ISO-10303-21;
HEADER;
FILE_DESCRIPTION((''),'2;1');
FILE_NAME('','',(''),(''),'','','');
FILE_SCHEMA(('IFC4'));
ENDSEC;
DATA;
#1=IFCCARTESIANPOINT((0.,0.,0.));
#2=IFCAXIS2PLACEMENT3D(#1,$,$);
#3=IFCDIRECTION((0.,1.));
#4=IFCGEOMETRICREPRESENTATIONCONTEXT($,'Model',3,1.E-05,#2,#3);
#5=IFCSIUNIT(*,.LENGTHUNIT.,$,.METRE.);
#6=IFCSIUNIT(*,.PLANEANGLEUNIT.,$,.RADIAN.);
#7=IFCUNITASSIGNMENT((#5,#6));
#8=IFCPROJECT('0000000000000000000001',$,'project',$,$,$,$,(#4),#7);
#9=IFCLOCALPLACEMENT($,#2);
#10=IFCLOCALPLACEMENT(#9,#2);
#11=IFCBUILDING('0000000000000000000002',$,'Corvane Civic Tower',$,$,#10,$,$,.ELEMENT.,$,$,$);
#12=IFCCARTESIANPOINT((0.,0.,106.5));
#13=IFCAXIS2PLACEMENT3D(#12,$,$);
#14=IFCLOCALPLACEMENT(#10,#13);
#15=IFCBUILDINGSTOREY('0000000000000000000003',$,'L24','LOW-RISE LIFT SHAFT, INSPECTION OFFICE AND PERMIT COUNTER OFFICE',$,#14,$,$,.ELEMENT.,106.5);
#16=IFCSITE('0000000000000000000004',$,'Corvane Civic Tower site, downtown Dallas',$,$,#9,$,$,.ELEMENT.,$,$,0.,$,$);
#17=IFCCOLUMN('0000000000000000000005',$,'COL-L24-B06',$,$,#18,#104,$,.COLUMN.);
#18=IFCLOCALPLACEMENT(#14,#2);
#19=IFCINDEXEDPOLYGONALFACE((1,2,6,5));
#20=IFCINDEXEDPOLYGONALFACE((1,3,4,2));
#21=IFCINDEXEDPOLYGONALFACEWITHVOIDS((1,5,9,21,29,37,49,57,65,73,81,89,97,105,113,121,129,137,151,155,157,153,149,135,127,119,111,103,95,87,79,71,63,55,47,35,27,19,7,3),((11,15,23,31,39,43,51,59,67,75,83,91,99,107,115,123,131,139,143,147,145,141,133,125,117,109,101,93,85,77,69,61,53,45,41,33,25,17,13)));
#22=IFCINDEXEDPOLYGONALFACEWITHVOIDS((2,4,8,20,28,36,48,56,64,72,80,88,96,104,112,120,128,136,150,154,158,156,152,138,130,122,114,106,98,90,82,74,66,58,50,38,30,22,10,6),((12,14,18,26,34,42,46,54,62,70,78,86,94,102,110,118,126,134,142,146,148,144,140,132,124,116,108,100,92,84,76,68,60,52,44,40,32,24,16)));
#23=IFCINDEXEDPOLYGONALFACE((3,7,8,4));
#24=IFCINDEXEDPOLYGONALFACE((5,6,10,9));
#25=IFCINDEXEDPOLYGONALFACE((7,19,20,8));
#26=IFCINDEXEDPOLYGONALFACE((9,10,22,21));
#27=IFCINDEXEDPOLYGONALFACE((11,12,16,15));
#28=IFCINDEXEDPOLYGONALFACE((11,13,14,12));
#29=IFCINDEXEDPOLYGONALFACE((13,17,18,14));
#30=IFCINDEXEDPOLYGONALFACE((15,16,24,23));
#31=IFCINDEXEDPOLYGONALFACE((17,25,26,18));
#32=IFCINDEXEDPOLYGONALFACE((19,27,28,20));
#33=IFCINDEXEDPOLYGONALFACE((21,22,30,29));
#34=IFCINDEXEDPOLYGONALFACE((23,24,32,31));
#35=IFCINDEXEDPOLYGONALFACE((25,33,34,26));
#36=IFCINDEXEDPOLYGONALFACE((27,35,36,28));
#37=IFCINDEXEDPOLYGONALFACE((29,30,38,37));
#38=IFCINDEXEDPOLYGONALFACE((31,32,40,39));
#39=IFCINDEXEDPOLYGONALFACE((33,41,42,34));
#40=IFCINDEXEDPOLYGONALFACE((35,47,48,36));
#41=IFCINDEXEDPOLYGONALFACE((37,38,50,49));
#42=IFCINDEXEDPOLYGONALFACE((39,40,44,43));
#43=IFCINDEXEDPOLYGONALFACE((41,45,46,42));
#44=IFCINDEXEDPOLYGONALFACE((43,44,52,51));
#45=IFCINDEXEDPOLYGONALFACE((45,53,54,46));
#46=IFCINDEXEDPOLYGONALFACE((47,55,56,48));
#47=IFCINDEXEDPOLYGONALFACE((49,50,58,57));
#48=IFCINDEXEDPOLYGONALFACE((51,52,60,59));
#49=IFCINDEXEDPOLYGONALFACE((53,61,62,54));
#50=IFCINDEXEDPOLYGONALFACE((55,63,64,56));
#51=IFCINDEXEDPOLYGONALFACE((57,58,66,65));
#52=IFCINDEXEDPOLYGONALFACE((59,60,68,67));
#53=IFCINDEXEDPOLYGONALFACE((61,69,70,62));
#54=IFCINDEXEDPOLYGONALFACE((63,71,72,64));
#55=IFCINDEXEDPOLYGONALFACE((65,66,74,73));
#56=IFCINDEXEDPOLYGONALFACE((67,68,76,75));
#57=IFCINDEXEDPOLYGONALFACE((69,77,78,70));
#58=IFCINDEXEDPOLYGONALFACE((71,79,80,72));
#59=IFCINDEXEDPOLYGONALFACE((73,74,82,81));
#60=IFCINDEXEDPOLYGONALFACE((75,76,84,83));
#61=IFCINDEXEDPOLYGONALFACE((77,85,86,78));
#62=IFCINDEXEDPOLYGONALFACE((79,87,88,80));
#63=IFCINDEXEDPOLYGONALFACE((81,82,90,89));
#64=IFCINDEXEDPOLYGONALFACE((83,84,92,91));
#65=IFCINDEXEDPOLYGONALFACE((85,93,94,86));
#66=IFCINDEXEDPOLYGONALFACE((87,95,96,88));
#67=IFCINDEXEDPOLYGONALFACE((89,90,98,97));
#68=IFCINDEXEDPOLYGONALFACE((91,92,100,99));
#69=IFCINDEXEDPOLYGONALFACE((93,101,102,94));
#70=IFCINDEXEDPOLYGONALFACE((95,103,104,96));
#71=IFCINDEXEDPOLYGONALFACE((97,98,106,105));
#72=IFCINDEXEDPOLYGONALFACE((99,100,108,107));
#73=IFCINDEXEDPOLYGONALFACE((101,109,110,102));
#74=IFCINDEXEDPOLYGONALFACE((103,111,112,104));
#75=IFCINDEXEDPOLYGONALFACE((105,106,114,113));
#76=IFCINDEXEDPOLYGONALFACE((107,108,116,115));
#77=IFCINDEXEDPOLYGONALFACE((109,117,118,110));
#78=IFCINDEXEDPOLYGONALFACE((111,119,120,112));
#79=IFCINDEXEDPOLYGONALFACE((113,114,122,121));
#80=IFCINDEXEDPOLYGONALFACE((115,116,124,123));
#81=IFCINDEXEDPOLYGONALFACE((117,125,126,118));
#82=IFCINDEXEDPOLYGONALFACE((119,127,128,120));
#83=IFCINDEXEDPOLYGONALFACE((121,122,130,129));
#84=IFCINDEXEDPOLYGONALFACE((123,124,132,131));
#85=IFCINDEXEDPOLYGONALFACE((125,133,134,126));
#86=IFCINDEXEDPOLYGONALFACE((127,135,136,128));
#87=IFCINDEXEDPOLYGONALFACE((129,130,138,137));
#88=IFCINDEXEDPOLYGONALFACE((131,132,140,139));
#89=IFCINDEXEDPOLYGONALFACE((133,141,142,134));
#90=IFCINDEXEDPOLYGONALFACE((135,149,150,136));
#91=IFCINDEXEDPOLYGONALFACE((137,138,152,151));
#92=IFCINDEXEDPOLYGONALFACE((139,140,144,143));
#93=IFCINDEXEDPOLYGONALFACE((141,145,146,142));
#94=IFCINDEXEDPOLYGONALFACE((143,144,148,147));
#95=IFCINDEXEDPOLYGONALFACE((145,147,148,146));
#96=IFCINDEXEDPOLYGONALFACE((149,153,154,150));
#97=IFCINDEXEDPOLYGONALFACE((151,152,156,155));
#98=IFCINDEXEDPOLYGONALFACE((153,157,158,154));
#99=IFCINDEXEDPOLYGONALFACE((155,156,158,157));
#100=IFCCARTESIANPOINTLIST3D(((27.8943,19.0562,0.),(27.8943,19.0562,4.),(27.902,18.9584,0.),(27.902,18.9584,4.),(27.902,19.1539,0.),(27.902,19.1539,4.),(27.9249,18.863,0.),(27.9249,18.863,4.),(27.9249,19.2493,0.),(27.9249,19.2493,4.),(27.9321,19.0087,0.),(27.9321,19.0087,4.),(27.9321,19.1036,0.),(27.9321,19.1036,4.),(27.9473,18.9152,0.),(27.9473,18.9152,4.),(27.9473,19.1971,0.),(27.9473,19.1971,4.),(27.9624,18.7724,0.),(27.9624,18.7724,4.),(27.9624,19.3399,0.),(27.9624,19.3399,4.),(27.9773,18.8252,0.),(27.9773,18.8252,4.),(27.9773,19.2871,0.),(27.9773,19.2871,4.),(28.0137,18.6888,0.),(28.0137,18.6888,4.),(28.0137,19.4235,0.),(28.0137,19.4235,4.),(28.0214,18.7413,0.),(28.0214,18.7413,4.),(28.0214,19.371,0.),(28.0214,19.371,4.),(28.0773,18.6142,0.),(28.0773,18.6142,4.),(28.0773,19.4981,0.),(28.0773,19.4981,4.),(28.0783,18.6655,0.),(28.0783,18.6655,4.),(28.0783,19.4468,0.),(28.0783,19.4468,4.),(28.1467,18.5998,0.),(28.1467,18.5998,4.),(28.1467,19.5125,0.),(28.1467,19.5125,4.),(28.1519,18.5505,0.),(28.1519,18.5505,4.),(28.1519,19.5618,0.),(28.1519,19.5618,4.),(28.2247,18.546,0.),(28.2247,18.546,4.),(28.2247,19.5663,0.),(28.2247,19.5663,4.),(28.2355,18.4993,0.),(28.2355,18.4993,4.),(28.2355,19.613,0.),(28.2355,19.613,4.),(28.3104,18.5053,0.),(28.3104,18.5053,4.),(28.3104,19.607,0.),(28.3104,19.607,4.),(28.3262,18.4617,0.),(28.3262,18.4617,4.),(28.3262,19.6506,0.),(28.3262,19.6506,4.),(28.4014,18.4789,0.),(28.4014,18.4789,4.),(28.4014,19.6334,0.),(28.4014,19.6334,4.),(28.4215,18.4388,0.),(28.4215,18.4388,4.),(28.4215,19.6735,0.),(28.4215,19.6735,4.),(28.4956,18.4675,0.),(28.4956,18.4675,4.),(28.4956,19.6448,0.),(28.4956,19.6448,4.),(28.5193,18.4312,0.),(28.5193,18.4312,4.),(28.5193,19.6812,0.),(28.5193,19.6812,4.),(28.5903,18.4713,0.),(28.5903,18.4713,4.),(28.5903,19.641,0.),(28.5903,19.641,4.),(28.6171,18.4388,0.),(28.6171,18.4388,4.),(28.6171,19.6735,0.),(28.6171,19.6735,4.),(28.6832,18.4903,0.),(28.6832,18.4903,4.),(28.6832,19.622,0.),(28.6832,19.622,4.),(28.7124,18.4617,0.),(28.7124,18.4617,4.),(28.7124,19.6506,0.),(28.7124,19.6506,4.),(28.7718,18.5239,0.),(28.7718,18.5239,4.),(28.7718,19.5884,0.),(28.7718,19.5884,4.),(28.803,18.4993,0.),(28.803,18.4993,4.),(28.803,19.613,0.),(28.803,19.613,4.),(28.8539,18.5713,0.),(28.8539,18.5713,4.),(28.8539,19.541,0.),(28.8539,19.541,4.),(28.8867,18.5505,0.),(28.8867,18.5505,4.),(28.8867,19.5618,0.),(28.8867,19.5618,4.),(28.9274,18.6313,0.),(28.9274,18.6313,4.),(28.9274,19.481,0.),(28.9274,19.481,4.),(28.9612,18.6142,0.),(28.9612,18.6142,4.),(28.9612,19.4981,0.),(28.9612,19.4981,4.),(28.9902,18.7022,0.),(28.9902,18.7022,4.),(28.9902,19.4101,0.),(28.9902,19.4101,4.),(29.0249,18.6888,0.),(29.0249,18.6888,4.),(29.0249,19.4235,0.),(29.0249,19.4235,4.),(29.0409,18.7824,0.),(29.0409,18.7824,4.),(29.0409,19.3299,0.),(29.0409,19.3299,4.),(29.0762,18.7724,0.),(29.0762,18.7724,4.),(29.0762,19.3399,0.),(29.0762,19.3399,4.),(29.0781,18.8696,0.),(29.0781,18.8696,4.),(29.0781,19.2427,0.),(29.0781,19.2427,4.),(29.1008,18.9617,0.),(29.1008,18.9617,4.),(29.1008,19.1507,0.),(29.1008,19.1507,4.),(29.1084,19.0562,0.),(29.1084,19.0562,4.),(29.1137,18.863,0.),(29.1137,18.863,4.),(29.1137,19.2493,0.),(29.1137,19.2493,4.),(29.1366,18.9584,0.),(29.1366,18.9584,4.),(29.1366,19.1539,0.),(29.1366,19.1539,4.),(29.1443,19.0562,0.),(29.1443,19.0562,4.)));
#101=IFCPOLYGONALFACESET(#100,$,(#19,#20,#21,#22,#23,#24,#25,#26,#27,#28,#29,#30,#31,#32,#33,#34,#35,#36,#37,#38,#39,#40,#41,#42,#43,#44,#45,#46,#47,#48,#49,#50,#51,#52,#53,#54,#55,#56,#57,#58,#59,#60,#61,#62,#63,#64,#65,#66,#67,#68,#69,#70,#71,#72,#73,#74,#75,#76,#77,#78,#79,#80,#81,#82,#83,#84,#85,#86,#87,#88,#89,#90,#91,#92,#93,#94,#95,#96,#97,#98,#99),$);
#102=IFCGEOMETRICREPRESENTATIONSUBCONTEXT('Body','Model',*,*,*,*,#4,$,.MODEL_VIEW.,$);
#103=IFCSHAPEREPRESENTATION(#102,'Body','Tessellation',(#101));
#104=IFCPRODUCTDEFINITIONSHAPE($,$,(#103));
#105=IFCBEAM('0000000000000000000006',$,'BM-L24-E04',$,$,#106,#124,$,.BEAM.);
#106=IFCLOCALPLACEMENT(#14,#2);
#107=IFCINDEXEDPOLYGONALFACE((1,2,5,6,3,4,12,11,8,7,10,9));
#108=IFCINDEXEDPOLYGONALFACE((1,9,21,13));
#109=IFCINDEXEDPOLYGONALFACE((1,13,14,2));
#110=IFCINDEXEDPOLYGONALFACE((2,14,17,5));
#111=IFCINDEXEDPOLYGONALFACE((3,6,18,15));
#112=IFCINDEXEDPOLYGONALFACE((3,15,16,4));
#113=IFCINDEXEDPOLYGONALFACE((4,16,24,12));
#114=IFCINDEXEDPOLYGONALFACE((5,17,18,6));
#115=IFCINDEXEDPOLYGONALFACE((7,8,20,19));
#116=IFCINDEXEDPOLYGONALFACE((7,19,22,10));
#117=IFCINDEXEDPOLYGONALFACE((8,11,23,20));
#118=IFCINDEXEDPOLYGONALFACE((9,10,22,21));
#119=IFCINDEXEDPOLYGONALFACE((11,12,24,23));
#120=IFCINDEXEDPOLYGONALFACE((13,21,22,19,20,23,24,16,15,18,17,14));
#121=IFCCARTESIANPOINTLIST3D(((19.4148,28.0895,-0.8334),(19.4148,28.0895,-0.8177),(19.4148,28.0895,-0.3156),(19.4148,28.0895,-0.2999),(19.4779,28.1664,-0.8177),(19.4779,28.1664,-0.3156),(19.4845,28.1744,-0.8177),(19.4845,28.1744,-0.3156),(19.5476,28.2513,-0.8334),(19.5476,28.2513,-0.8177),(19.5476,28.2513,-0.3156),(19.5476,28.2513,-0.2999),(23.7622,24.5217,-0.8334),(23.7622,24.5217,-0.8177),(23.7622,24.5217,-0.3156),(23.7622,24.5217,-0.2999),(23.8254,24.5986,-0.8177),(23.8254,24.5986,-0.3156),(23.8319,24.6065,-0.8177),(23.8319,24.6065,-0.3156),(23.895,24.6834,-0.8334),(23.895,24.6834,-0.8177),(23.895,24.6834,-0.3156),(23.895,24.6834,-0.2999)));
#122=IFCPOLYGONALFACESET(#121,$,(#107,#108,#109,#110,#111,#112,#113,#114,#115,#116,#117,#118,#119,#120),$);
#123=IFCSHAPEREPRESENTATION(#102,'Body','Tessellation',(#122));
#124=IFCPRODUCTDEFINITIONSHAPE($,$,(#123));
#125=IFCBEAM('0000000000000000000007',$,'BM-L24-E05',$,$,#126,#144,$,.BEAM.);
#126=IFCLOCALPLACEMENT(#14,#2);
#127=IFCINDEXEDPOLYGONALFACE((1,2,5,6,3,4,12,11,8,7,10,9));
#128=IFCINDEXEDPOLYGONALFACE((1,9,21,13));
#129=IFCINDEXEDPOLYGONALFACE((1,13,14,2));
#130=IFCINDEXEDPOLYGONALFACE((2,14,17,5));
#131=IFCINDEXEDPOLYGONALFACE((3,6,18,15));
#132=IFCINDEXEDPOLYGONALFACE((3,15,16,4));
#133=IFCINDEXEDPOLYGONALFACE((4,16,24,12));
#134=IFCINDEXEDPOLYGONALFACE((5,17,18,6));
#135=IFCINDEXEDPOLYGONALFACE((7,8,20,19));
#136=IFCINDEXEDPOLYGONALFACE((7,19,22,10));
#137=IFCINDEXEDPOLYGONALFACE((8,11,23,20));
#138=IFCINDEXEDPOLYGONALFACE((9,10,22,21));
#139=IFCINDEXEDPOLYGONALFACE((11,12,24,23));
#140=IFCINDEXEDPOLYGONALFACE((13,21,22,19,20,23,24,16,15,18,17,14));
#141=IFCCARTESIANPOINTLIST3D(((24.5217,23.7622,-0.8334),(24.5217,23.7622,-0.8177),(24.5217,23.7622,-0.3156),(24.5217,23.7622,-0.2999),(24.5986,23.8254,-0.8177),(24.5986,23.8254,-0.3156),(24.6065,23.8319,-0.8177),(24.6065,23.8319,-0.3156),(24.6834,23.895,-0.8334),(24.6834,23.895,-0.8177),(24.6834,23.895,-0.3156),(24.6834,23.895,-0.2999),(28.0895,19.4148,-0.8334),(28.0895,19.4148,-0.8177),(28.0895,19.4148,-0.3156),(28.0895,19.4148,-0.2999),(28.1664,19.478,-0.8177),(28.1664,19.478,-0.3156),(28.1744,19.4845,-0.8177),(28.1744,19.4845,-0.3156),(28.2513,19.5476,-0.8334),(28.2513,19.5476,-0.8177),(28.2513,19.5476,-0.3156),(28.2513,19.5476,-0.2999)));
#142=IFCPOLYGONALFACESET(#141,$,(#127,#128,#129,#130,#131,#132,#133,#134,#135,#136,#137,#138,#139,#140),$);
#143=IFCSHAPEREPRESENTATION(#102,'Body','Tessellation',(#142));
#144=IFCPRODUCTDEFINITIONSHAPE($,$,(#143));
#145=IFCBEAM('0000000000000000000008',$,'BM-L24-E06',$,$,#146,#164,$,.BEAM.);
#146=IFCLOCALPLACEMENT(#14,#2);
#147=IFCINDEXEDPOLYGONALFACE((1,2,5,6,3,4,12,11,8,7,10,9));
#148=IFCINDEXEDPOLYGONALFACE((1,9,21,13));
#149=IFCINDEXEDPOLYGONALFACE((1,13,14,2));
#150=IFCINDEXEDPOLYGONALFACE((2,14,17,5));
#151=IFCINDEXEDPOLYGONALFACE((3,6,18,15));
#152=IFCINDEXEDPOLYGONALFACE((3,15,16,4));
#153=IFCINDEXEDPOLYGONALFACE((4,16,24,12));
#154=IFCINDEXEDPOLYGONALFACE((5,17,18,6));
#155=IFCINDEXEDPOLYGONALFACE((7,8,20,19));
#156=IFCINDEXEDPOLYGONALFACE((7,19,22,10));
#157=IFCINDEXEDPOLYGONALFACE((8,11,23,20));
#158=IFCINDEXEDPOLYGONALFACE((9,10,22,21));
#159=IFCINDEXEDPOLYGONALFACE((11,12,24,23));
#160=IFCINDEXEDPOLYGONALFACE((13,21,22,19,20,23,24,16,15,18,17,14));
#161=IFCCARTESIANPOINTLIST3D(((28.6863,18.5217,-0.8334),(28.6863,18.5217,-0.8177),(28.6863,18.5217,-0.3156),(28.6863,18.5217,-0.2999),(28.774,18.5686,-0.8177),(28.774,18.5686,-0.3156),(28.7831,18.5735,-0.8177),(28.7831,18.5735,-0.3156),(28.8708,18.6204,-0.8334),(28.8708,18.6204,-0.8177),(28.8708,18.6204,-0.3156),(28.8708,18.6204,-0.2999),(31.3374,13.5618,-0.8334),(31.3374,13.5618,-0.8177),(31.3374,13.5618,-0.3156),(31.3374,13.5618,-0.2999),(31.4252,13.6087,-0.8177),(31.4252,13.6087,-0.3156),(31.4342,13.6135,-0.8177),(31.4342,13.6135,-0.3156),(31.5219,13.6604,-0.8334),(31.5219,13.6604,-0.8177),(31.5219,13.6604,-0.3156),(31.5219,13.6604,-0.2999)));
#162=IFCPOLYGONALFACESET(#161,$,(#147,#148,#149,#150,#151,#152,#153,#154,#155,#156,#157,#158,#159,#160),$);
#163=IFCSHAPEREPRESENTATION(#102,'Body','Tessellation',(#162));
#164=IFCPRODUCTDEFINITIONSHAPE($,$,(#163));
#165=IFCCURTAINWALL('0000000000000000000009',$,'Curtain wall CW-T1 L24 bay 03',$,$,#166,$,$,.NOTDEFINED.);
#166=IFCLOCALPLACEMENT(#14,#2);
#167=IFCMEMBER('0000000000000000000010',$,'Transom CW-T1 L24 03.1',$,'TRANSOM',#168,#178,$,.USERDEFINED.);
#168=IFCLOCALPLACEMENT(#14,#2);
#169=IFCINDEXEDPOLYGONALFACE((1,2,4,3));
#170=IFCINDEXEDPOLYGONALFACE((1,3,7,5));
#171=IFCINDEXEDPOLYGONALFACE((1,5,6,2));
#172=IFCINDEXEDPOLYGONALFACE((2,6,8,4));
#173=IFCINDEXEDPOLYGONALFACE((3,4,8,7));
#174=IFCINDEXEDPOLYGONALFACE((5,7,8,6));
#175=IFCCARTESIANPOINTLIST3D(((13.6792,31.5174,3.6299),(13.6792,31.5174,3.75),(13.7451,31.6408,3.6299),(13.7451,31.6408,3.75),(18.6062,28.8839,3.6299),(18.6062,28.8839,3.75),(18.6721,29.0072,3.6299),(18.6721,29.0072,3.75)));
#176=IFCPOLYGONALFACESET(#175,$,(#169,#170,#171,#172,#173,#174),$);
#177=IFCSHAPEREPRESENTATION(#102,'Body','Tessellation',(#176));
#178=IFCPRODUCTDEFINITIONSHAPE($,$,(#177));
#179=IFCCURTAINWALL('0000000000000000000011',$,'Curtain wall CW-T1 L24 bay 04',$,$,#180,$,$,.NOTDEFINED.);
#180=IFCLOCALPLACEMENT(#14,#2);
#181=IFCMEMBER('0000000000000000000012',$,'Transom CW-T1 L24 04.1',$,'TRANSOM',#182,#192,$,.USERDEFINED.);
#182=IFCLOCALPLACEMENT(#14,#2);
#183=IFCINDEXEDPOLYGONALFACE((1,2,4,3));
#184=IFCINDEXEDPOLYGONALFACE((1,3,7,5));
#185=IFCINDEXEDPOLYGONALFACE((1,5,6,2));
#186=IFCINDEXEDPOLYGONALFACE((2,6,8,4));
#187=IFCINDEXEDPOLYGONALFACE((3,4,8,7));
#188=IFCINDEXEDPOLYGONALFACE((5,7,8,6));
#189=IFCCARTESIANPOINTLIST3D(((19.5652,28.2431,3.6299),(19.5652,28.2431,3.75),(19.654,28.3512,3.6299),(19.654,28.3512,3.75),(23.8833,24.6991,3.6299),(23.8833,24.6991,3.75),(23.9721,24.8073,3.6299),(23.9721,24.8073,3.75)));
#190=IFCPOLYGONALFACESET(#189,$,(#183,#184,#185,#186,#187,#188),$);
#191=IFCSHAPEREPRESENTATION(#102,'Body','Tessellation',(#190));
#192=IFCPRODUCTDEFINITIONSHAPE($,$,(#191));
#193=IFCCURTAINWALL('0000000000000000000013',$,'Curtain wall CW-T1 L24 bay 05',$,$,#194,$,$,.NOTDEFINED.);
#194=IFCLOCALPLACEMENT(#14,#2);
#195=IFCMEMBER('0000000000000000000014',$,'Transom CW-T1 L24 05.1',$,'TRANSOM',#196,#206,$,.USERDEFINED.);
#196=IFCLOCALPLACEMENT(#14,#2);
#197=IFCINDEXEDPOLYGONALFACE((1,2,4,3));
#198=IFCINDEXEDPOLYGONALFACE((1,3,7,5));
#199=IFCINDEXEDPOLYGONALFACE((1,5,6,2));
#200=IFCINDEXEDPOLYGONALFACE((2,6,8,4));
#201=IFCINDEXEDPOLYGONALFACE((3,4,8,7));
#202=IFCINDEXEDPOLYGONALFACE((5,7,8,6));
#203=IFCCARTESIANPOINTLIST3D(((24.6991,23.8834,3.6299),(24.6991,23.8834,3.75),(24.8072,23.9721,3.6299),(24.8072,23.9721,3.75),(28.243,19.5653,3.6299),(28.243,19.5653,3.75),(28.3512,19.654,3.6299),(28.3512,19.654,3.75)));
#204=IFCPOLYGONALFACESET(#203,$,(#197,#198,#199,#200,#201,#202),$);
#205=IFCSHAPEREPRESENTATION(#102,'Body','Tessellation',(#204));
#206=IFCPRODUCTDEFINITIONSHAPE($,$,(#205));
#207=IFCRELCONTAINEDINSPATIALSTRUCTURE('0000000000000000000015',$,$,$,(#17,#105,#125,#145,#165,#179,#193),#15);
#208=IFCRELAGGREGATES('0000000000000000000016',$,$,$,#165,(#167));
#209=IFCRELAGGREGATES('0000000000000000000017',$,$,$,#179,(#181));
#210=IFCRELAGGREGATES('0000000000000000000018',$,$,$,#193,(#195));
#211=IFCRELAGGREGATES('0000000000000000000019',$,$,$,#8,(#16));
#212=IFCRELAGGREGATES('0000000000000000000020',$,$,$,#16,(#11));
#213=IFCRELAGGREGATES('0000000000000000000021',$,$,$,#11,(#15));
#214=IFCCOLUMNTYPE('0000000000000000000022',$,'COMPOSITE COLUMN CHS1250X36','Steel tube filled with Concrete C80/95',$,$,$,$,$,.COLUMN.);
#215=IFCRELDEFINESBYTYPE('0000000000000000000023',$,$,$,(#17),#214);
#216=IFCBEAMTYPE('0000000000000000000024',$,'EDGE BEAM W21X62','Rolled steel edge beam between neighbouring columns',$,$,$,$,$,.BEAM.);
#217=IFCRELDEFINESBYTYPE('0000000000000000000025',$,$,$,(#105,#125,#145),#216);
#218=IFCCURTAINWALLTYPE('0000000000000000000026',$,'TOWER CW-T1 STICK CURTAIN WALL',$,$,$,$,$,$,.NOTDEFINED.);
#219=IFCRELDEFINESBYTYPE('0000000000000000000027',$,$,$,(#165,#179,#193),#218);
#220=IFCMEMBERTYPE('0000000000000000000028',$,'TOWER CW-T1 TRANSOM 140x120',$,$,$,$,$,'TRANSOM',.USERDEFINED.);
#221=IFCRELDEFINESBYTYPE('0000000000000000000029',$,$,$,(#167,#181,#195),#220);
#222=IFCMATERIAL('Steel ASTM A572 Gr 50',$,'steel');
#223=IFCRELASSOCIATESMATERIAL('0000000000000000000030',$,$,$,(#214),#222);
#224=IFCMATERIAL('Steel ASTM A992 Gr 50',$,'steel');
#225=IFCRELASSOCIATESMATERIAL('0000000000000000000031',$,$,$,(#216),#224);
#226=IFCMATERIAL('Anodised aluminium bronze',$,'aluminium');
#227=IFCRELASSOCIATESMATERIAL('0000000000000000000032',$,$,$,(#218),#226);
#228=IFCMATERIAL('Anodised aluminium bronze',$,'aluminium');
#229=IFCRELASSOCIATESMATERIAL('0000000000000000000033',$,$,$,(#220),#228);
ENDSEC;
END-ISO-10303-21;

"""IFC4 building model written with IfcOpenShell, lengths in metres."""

from ifc_helpers import new_model, si_unit, direction, frame, origin, origin_2d, place, context, subcontext, project, spatial, rectangle, hollow_circle, i_section, extrude, material, material_profile, profile_set, type_object, element, aggregate, save


model = new_model("IFC4")

# Units and contexts
model_context = context("Model", 3, precision=1e-05, world=origin(), true_north=direction((0.0, 1.0)))
body_context = subcontext(model_context, "Body", "Model", "MODEL_VIEW")
ifc_project = project(units=[si_unit("LENGTHUNIT", "METRE"), si_unit("PLANEANGLEUNIT", "RADIAN")], contexts=[model_context])

# Site, building, storey
site_placement = place(None, origin())
site = spatial("IfcSite", under=ifc_project, at=site_placement, Name="Corvane Civic Tower site, downtown Dallas", CompositionType="ELEMENT", RefElevation=0.0)
building_placement = place(site_placement, origin())
building = spatial("IfcBuilding", under=site, at=building_placement, Name="Corvane Civic Tower", CompositionType="ELEMENT")
storey_placement = place(building_placement, frame((0.0, 0.0, 106.5)))
storey = spatial("IfcBuildingStorey", under=building, at=storey_placement, Name="L24", Description="LOW-RISE LIFT SHAFT, INSPECTION OFFICE AND PERMIT COUNTER OFFICE", CompositionType="ELEMENT", Elevation=106.5)

# Column
ifc_material_1 = material(Name="Steel ASTM A572 Gr 50", Category="steel")
ifc_material_profile_1 = material_profile(ifc_material_1, hollow_circle(Radius=0.625, WallThickness=0.0359, at=origin_2d()), Name="CHS1250X36")
ifc_profile_set_1 = profile_set([ifc_material_profile_1], Name="Steel ASTM A572 Gr 50")
column_type = type_object("IfcColumnType", Name="COMPOSITE COLUMN CHS1250X36", Description="Steel tube filled with Concrete C80/95", PredefinedType="COLUMN", material=ifc_profile_set_1)
for number, where, z_axis, x_axis, name in (
    (1, (28.5193, 19.0562, 0.0), (0.0, 0.0, 1.0), (1.0, 0.0, 0.0), "COL-L24-B06"),
):
    element("IfcColumn", number, at=place(storey_placement, frame(where, z_axis=z_axis, x_axis=x_axis)), inside=storey, type_object=column_type, Name=name, PredefinedType="COLUMN", context=body_context, shape_type="SweptSolid", body=[
        extrude(hollow_circle(Radius=0.625, WallThickness=0.0359, at=origin_2d()), origin(), (0.0, 0.0, 1.0), 4.0),
    ])

# Beams
ifc_material_2 = material(Name="Steel ASTM A992 Gr 50", Category="steel")
ifc_material_profile_2 = material_profile(ifc_material_2, i_section(OverallWidth=0.2092, OverallDepth=0.5334, WebThickness=0.0103, FlangeThickness=0.0156, at=origin_2d()), Name="W21X62")
ifc_profile_set_2 = profile_set([ifc_material_profile_2], Name="Steel ASTM A992 Gr 50")
beam_type = type_object("IfcBeamType", Name="EDGE BEAM W21X62", Description="Rolled steel edge beam between neighbouring columns", PredefinedType="BEAM", material=ifc_profile_set_2)
for number, where, z_axis, x_axis, name in (
    (2, (19.4812, 28.1704, -0.5667), (0.773007, -0.634398, 0.0), (0.634398, 0.773007, 0.0), "BM-L24-E04"),
    (3, (24.6025, 23.8286, -0.5667), (0.634398, -0.773007, 0.0), (0.773007, 0.634398, 0.0), "BM-L24-E05"),
    (4, (28.7786, 18.571, -0.5667), (0.471392, -0.881924, 0.0), (0.881924, 0.471392, 0.0), "BM-L24-E06"),
):
    element("IfcBeam", number, at=place(storey_placement, frame(where, z_axis=z_axis, x_axis=x_axis)), inside=storey, type_object=beam_type, Name=name, PredefinedType="BEAM", context=body_context, shape_type="SweptSolid", body=[
        extrude(i_section(OverallWidth=0.2092, OverallDepth=0.5334, WebThickness=0.0103, FlangeThickness=0.0156, at=origin_2d()), origin(), (0.0, 0.0, 1.0), 5.624),
    ])

# Curtain walls, members
ifc_material_3 = material(Name="Anodised aluminium bronze", Category="aluminium")
curtain_wall_type = type_object("IfcCurtainWallType", Name="TOWER CW-T1 STICK CURTAIN WALL", PredefinedType="NOTDEFINED", material=ifc_material_3)
curtain_wall_1_placement = place(storey_placement, origin())
curtain_wall_1 = element("IfcCurtainWall", 5, at=curtain_wall_1_placement, inside=storey, type_object=curtain_wall_type, Name="Curtain wall CW-T1 L24 bay 03", PredefinedType="NOTDEFINED")
ifc_material_4 = material(Name="Anodised aluminium bronze", Category="aluminium")
ifc_material_profile_3 = material_profile(ifc_material_4, rectangle(XDim=0.1399, YDim=0.1201, at=origin_2d()), Name="TOWER CW-T1 TRANSOM 140x120")
ifc_profile_set_3 = profile_set([ifc_material_profile_3], Name="Anodised aluminium bronze")
member_type = type_object("IfcMemberType", Name="TOWER CW-T1 TRANSOM 140x120", ElementType="TRANSOM", PredefinedType="USERDEFINED", material=ifc_profile_set_3)
member_1_placement = place(storey_placement, frame((13.7122, 31.5791, 3.6899), z_axis=(0.881921, -0.471398, 0.0), x_axis=(0.471398, 0.881921, 0.0)))
member_1 = element("IfcMember", 6, at=member_1_placement, type_object=member_type, Name="Transom CW-T1 L24 03.1", ObjectType="TRANSOM", PredefinedType="USERDEFINED", context=body_context, shape_type="SweptSolid", body=[
    extrude(rectangle(XDim=0.1399, YDim=0.1201, at=origin_2d()), origin(), (0.0, 0.0, 1.0), 5.5867),
])
curtain_wall_2_placement = place(storey_placement, origin())
curtain_wall_2 = element("IfcCurtainWall", 7, at=curtain_wall_2_placement, inside=storey, type_object=curtain_wall_type, Name="Curtain wall CW-T1 L24 bay 04", PredefinedType="NOTDEFINED")
member_2_placement = place(storey_placement, frame((19.6096, 28.2971, 3.6899), z_axis=(0.772996, -0.63441, 0.0), x_axis=(0.63441, 0.772996, 0.0)))
member_2 = element("IfcMember", 8, at=member_2_placement, type_object=member_type, Name="Transom CW-T1 L24 04.1", ObjectType="TRANSOM", PredefinedType="USERDEFINED", context=body_context, shape_type="SweptSolid", body=[
    extrude(rectangle(XDim=0.1399, YDim=0.1201, at=origin_2d()), origin(), (0.0, 0.0, 1.0), 5.5862),
])
curtain_wall_3_placement = place(storey_placement, origin())
curtain_wall_3 = element("IfcCurtainWall", 9, at=curtain_wall_3_placement, inside=storey, type_object=curtain_wall_type, Name="Curtain wall CW-T1 L24 bay 05", PredefinedType="NOTDEFINED")
member_3_placement = place(storey_placement, frame((24.7532, 23.9277, 3.6899), z_axis=(0.63441, -0.772996, 0.0), x_axis=(0.772996, 0.63441, 0.0)))
member_3 = element("IfcMember", 10, at=member_3_placement, type_object=member_type, Name="Transom CW-T1 L24 05.1", ObjectType="TRANSOM", PredefinedType="USERDEFINED", context=body_context, shape_type="SweptSolid", body=[
    extrude(rectangle(XDim=0.1399, YDim=0.1201, at=origin_2d()), origin(), (0.0, 0.0, 1.0), 5.5862),
])

aggregate(curtain_wall_1, [member_1])
aggregate(curtain_wall_2, [member_2])
aggregate(curtain_wall_3, [member_3])

save(model, "model.ifc")
